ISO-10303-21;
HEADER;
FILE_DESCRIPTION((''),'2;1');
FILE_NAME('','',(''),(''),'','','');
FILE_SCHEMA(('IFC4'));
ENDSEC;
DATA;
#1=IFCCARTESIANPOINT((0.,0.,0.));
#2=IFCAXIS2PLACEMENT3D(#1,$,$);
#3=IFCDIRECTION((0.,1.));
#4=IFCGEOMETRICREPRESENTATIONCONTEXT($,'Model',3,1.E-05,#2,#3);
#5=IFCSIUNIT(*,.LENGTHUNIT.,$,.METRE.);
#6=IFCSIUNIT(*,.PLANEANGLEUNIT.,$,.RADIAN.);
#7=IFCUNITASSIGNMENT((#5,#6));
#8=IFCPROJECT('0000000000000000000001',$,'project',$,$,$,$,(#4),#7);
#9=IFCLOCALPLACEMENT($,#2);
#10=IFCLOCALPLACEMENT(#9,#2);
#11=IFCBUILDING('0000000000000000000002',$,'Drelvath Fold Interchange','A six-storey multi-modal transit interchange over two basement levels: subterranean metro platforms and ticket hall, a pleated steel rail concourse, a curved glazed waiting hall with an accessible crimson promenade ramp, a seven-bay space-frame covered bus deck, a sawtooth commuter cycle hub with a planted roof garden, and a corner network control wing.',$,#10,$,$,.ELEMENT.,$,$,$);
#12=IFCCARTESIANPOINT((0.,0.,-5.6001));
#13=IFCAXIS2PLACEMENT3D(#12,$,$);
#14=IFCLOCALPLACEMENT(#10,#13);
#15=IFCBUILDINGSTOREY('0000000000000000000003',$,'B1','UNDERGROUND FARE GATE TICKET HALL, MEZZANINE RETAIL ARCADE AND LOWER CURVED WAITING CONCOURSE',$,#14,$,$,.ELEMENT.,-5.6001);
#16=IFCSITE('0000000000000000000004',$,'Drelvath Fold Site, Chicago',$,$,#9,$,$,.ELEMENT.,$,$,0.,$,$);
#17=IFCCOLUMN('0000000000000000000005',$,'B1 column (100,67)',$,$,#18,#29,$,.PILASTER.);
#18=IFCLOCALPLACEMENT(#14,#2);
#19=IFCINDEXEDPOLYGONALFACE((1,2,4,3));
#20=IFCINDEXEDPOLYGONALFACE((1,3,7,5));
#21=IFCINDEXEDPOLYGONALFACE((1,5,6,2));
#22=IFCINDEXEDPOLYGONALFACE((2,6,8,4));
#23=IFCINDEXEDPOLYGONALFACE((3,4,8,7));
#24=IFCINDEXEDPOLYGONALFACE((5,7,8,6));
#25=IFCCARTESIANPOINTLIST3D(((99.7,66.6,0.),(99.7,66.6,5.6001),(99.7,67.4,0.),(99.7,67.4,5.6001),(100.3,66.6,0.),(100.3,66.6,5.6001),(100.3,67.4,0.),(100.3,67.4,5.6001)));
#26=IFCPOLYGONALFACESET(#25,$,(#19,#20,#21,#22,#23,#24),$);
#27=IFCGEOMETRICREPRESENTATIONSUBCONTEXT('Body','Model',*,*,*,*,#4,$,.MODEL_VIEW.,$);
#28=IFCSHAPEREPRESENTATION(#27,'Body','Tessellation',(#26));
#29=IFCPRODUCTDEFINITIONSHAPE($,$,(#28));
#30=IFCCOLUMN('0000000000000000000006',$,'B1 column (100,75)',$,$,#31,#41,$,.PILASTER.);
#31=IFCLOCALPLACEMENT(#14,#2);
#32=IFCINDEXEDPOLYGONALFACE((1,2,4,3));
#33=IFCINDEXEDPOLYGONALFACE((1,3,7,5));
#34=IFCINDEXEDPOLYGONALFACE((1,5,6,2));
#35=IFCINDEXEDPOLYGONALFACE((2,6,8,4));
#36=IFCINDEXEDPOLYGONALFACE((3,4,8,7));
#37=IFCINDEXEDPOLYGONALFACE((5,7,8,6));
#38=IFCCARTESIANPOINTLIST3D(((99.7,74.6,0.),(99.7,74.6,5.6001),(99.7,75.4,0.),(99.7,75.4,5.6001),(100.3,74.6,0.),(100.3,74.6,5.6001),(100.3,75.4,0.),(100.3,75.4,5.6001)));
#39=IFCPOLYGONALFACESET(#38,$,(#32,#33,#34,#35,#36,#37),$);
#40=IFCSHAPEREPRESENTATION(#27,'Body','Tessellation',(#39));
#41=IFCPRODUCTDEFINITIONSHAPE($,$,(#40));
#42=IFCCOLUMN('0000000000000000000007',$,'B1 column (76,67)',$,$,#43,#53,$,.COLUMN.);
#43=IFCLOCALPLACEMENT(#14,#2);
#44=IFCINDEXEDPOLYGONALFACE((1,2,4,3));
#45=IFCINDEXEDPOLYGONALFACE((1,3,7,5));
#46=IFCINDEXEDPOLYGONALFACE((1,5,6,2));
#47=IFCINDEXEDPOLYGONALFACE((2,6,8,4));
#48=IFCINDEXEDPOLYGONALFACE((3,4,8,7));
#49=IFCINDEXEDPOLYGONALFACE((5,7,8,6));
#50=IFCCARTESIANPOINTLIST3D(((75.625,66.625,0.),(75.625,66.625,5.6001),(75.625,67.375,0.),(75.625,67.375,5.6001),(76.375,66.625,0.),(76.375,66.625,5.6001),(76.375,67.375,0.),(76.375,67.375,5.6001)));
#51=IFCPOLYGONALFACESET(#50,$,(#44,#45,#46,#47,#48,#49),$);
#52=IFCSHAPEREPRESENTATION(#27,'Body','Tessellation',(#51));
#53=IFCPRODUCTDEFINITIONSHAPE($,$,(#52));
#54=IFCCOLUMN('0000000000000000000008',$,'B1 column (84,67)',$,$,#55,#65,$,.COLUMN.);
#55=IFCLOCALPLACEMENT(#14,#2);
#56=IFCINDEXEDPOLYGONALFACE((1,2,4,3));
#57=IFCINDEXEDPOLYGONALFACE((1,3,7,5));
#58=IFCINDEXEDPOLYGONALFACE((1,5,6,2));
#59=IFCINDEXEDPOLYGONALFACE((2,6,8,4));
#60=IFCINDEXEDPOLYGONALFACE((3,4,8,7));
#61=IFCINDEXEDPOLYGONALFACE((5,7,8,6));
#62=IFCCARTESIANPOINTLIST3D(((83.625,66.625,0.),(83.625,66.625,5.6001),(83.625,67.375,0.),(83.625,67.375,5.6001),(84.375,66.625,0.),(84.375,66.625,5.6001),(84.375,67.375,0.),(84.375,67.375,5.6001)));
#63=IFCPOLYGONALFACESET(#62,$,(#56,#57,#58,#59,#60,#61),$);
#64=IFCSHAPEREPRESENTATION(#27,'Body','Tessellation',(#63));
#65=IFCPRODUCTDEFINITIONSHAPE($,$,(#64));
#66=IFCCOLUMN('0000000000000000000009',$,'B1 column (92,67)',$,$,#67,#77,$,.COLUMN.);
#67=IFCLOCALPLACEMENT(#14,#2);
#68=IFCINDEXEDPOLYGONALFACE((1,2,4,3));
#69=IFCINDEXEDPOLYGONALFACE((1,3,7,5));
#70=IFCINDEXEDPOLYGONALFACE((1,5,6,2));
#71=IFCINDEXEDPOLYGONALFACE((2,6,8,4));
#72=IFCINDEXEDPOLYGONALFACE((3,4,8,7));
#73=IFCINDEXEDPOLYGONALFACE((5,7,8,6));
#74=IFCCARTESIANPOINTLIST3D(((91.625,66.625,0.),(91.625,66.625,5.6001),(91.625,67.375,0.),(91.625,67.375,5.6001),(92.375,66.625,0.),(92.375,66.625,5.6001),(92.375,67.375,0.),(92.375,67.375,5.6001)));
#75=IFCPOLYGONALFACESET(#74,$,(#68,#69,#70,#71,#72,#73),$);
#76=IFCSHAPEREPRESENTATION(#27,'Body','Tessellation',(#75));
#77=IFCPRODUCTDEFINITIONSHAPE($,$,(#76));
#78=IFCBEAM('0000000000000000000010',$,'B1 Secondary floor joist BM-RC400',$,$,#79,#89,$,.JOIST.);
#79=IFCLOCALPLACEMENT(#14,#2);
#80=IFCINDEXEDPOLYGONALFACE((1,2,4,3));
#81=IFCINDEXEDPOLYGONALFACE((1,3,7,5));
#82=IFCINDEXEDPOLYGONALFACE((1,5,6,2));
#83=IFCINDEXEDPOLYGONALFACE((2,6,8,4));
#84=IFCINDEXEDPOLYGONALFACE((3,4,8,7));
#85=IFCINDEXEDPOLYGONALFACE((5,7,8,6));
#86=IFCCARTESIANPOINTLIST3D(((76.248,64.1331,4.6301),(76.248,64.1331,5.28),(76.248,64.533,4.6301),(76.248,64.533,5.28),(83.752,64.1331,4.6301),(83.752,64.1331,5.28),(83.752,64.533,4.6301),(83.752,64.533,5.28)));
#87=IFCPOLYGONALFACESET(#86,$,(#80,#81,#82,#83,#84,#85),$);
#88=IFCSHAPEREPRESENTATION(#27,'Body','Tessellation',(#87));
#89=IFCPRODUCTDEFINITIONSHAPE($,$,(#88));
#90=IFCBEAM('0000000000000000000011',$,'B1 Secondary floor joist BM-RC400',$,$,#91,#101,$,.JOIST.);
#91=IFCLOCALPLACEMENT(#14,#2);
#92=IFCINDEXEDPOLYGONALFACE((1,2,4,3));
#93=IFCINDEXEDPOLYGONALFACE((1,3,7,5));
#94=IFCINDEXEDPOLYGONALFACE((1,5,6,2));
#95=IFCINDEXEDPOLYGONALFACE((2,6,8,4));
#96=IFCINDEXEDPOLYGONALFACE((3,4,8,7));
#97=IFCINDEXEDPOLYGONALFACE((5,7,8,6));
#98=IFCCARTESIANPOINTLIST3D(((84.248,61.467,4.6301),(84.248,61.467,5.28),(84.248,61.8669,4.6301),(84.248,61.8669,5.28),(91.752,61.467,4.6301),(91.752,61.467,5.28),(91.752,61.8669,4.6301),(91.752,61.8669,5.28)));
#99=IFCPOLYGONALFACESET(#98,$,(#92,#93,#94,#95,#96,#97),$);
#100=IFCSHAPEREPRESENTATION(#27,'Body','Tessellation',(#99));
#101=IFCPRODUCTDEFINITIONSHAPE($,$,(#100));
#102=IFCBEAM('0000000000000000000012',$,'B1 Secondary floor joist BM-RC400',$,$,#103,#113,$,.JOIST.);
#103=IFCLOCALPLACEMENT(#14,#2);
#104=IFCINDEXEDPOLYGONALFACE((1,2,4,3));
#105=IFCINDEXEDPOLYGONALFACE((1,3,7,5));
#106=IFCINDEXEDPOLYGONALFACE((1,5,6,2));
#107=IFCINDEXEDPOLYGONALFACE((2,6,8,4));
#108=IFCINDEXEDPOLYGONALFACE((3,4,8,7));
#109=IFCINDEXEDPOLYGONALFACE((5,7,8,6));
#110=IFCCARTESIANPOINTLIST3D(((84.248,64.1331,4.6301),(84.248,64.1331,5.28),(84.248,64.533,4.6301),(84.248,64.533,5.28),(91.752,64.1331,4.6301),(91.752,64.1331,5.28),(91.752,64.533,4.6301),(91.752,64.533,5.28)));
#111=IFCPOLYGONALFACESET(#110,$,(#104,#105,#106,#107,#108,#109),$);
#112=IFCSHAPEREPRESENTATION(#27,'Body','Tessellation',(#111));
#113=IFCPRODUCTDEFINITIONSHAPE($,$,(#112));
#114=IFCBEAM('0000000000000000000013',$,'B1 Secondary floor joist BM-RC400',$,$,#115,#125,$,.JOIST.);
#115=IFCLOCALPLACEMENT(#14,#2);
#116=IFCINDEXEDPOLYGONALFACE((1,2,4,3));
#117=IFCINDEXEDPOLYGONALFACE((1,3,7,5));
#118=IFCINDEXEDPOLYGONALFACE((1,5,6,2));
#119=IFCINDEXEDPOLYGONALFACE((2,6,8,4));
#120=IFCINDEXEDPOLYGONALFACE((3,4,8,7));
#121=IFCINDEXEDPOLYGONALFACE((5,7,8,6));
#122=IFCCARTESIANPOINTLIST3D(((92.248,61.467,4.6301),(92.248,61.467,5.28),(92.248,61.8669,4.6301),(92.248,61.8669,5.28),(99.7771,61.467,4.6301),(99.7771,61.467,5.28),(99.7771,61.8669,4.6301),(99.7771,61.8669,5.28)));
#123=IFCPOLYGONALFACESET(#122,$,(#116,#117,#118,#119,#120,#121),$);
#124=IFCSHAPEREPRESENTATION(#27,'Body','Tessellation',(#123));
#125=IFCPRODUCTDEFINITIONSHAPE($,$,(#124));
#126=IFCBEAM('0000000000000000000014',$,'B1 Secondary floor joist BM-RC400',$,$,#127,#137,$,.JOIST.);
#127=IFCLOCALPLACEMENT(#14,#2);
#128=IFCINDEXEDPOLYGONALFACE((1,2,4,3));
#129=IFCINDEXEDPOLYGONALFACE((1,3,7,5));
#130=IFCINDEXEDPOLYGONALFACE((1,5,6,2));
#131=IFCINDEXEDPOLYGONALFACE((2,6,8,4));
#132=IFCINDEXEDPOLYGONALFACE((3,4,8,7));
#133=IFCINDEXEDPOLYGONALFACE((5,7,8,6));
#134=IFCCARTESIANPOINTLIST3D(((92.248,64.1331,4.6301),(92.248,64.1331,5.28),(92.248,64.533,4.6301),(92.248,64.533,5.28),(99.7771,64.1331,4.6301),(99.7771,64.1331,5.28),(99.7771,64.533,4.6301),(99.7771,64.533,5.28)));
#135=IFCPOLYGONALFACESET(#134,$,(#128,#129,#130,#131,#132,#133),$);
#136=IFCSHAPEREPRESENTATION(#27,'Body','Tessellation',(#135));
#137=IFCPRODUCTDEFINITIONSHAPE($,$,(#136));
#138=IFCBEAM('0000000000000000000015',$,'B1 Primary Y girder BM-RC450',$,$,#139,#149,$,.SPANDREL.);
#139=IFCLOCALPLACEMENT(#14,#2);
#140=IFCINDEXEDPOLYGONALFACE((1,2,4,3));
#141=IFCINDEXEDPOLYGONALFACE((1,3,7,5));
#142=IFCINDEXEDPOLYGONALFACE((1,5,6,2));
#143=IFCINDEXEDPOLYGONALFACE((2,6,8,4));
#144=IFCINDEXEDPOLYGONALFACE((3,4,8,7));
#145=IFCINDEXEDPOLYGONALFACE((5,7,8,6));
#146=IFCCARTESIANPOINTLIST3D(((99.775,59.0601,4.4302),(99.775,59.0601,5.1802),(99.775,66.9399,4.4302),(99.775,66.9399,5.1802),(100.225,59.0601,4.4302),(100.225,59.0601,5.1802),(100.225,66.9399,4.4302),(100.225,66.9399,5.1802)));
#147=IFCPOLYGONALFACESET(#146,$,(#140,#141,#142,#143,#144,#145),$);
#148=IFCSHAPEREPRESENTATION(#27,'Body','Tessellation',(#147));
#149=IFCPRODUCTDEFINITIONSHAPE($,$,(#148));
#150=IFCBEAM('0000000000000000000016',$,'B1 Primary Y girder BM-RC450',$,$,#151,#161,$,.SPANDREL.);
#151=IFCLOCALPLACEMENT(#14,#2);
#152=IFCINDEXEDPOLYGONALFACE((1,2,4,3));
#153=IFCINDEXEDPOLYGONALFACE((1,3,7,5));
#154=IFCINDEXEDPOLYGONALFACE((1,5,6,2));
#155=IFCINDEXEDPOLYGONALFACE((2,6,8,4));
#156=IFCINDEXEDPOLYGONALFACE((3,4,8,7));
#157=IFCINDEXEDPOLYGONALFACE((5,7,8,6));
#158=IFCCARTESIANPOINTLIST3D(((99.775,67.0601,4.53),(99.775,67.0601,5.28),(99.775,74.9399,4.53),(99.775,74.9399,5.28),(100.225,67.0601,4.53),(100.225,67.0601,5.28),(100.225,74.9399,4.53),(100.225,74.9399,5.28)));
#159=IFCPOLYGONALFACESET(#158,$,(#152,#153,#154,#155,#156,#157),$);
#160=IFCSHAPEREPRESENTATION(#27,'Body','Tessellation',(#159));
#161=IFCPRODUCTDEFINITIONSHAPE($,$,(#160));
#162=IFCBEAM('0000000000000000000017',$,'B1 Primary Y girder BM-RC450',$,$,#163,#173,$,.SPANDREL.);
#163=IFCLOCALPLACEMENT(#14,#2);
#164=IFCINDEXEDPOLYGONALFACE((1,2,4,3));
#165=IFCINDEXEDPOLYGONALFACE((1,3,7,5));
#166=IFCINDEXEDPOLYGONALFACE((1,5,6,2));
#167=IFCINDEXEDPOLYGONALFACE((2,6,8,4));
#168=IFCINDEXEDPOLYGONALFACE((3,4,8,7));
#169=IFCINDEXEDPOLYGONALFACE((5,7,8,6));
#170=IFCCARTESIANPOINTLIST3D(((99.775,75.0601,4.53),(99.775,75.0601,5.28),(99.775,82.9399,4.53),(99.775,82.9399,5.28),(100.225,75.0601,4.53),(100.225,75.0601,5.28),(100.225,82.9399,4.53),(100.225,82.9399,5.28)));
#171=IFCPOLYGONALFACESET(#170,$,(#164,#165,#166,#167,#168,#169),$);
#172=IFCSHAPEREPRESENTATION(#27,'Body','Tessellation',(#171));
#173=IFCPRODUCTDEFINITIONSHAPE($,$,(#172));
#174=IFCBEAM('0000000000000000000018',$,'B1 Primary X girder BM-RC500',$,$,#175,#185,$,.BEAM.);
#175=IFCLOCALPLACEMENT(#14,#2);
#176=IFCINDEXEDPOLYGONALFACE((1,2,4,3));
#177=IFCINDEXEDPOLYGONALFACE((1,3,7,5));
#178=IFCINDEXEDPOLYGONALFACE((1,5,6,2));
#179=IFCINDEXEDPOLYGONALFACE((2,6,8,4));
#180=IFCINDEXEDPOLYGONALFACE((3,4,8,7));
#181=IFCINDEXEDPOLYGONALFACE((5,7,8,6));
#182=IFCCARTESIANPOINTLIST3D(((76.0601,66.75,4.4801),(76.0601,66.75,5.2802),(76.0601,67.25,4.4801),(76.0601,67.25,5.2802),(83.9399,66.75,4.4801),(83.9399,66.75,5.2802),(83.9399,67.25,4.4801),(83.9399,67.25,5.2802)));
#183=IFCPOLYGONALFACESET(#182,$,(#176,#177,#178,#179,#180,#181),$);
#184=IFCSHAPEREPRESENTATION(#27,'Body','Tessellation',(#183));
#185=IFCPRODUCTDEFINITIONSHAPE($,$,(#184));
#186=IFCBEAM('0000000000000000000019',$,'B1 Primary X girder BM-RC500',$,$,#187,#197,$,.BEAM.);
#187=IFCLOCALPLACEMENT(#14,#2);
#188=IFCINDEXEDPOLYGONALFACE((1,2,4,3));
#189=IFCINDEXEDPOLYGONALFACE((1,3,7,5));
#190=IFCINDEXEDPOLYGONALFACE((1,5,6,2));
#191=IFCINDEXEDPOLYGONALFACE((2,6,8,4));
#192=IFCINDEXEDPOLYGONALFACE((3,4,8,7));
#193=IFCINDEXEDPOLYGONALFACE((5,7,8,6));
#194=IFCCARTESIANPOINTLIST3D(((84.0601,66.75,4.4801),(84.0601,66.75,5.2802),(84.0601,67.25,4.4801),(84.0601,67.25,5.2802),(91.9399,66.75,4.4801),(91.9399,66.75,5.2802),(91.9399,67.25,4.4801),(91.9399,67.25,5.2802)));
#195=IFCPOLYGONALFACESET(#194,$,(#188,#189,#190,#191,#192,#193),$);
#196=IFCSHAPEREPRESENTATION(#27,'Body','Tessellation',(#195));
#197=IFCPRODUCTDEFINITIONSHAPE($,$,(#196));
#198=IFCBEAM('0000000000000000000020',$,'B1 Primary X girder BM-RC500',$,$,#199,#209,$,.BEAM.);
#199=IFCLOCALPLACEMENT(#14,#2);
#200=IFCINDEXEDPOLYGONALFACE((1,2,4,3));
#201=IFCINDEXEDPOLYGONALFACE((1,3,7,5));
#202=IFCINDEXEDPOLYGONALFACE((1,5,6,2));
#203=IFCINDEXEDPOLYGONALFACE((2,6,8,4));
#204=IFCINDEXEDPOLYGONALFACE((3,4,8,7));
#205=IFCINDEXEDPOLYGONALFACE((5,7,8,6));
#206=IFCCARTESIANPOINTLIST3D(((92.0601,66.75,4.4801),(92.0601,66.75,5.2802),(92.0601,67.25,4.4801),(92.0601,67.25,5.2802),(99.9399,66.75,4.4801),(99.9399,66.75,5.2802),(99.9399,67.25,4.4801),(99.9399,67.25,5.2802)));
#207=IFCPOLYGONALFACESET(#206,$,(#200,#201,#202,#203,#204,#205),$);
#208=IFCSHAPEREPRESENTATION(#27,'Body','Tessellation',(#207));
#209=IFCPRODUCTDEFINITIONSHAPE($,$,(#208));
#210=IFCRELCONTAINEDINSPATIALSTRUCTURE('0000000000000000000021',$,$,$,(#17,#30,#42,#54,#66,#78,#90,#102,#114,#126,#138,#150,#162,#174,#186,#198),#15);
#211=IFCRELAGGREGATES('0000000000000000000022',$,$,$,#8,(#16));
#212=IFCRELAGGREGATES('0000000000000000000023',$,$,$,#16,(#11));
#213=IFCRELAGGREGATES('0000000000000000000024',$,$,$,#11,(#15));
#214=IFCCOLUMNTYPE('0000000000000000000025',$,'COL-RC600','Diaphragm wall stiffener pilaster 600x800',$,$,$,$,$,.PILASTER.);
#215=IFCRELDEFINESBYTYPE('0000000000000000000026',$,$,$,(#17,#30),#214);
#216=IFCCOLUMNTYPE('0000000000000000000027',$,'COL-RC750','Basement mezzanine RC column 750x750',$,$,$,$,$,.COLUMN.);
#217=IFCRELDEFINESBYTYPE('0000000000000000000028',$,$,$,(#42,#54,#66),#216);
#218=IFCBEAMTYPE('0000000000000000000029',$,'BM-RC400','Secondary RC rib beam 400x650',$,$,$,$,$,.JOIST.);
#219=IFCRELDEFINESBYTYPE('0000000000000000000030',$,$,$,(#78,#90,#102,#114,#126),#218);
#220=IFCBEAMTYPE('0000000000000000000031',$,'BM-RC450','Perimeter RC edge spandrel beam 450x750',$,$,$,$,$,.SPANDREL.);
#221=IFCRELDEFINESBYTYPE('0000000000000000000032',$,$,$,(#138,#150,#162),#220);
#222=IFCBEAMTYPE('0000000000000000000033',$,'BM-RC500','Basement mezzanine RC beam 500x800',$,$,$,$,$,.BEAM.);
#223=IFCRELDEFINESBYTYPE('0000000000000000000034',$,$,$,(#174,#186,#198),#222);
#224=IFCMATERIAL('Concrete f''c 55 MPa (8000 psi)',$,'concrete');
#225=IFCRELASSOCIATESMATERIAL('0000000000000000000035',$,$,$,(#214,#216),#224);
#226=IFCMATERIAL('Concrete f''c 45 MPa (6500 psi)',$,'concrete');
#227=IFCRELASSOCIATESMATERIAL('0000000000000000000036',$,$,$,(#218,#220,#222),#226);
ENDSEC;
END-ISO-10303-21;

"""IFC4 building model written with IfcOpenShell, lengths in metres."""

from ifc_helpers import new_model, si_unit, direction, frame, origin, origin_2d, place, context, subcontext, project, spatial, rectangle, extrude, material, material_profile, profile_set, type_object, element, save


model = new_model("IFC4")

# Units and contexts
model_context = context("Model", 3, precision=1e-05, world=origin(), true_north=direction((0.0, 1.0)))
body_context = subcontext(model_context, "Body", "Model", "MODEL_VIEW")
ifc_project = project(units=[si_unit("LENGTHUNIT", "METRE"), si_unit("PLANEANGLEUNIT", "RADIAN")], contexts=[model_context])

# Site, building, storey
site_placement = place(None, origin())
site = spatial("IfcSite", under=ifc_project, at=site_placement, Name="Drelvath Fold Site, Chicago", CompositionType="ELEMENT", RefElevation=0.0)
building_placement = place(site_placement, origin())
building = spatial("IfcBuilding", under=site, at=building_placement, Name="Drelvath Fold Interchange", Description="A six-storey multi-modal transit interchange over two basement levels: subterranean metro platforms and ticket hall, a pleated steel rail concourse, a curved glazed waiting hall with an accessible crimson promenade ramp, a seven-bay space-frame covered bus deck, a sawtooth commuter cycle hub with a planted roof garden, and a corner network control wing.", CompositionType="ELEMENT")
storey_placement = place(building_placement, frame((0.0, 0.0, -5.6001)))
storey = spatial("IfcBuildingStorey", under=building, at=storey_placement, Name="B1", Description="UNDERGROUND FARE GATE TICKET HALL, MEZZANINE RETAIL ARCADE AND LOWER CURVED WAITING CONCOURSE", CompositionType="ELEMENT", Elevation=-5.6001)

# Columns
ifc_material_1 = material(Name="Concrete f'c 55 MPa (8000 psi)", Category="concrete")
ifc_material_profile_1 = material_profile(ifc_material_1, rectangle(XDim=0.6001, YDim=0.8, at=origin_2d()), Name="RC 600x800")
ifc_profile_set_1 = profile_set([ifc_material_profile_1], Name="Concrete f'c 55 MPa (8000 psi)")
column_type_1 = type_object("IfcColumnType", Name="COL-RC600", Description="Diaphragm wall stiffener pilaster 600x800", PredefinedType="PILASTER", material=ifc_profile_set_1)
for number, where, z_axis, x_axis, name in (
    (1, (100.0, 67.0, 0.0), (0.0, 0.0, 1.0), (1.0, 0.0, 0.0), "B1 column (100,67)"),
    (2, (100.0, 75.0, 0.0), (0.0, 0.0, 1.0), (1.0, 0.0, 0.0), "B1 column (100,75)"),
):
    element("IfcColumn", number, at=place(storey_placement, frame(where, z_axis=z_axis, x_axis=x_axis)), inside=storey, type_object=column_type_1, Name=name, PredefinedType="PILASTER", context=body_context, shape_type="SweptSolid", body=[
        extrude(rectangle(XDim=0.6001, YDim=0.8, at=origin_2d()), origin(), (0.0, 0.0, 1.0), 5.6001),
    ])
ifc_material_profile_2 = material_profile(ifc_material_1, rectangle(XDim=0.75, YDim=0.75, at=origin_2d()), Name="RC 750x750")
ifc_profile_set_2 = profile_set([ifc_material_profile_2], Name="Concrete f'c 55 MPa (8000 psi)")
column_type_2 = type_object("IfcColumnType", Name="COL-RC750", Description="Basement mezzanine RC column 750x750", PredefinedType="COLUMN", material=ifc_profile_set_2)
for number, where, z_axis, x_axis, name in (
    (3, (76.0, 67.0, 0.0), (0.0, 0.0, 1.0), (1.0, 0.0, 0.0), "B1 column (76,67)"),
    (4, (84.0, 67.0, 0.0), (0.0, 0.0, 1.0), (1.0, 0.0, 0.0), "B1 column (84,67)"),
    (5, (92.0, 67.0, 0.0), (0.0, 0.0, 1.0), (1.0, 0.0, 0.0), "B1 column (92,67)"),
):
    element("IfcColumn", number, at=place(storey_placement, frame(where, z_axis=z_axis, x_axis=x_axis)), inside=storey, type_object=column_type_2, Name=name, PredefinedType="COLUMN", context=body_context, shape_type="SweptSolid", body=[
        extrude(rectangle(XDim=0.75, YDim=0.75, at=origin_2d()), origin(), (0.0, 0.0, 1.0), 5.6001),
    ])

# Beams
ifc_material_2 = material(Name="Concrete f'c 45 MPa (6500 psi)", Category="concrete")
ifc_material_profile_3 = material_profile(ifc_material_2, rectangle(XDim=0.3999, YDim=0.6499, at=origin_2d()), Name="RC 400x650")
ifc_profile_set_3 = profile_set([ifc_material_profile_3], Name="Concrete f'c 45 MPa (6500 psi)")
beam_type_1 = type_object("IfcBeamType", Name="BM-RC400", Description="Secondary RC rib beam 400x650", PredefinedType="JOIST", material=ifc_profile_set_3)
for number, where, z_axis, x_axis, name in (
    (6, (76.248, 64.333, 4.9551), (1.0, 0.0, 0.0), (0.0, 1.0, 0.0), "B1 Secondary floor joist BM-RC400"),
    (7, (84.248, 61.667, 4.9551), (1.0, 0.0, 0.0), (0.0, 1.0, 0.0), "B1 Secondary floor joist BM-RC400"),
    (8, (84.248, 64.333, 4.9551), (1.0, 0.0, 0.0), (0.0, 1.0, 0.0), "B1 Secondary floor joist BM-RC400"),
):
    element("IfcBeam", number, at=place(storey_placement, frame(where, z_axis=z_axis, x_axis=x_axis)), inside=storey, type_object=beam_type_1, Name=name, PredefinedType="JOIST", context=body_context, shape_type="SweptSolid", body=[
        extrude(rectangle(XDim=0.3999, YDim=0.6499, at=origin_2d()), origin(), (0.0, 0.0, 1.0), 7.5039),
    ])
for number, where, z_axis, x_axis, name in (
    (9, (92.248, 61.667, 4.9551), (1.0, 0.0, 0.0), (0.0, 1.0, 0.0), "B1 Secondary floor joist BM-RC400"),
    (10, (92.248, 64.333, 4.9551), (1.0, 0.0, 0.0), (0.0, 1.0, 0.0), "B1 Secondary floor joist BM-RC400"),
):
    element("IfcBeam", number, at=place(storey_placement, frame(where, z_axis=z_axis, x_axis=x_axis)), inside=storey, type_object=beam_type_1, Name=name, PredefinedType="JOIST", context=body_context, shape_type="SweptSolid", body=[
        extrude(rectangle(XDim=0.3999, YDim=0.6499, at=origin_2d()), origin(), (0.0, 0.0, 1.0), 7.5291),
    ])
ifc_material_profile_4 = material_profile(ifc_material_2, rectangle(XDim=0.45, YDim=0.75, at=origin_2d()), Name="RC 450x750")
ifc_profile_set_4 = profile_set([ifc_material_profile_4], Name="Concrete f'c 45 MPa (6500 psi)")
beam_type_2 = type_object("IfcBeamType", Name="BM-RC450", Description="Perimeter RC edge spandrel beam 450x750", PredefinedType="SPANDREL", material=ifc_profile_set_4)
for number, where, z_axis, x_axis, name in (
    (11, (100.0, 59.0601, 4.8052), (0.0, 1.0, 0.0), (-1.0, 0.0, 0.0), "B1 Primary Y girder BM-RC450"),
    (12, (100.0, 67.0601, 4.905), (0.0, 1.0, 0.0), (-1.0, 0.0, 0.0), "B1 Primary Y girder BM-RC450"),
    (13, (100.0, 75.0601, 4.905), (0.0, 1.0, 0.0), (-1.0, 0.0, 0.0), "B1 Primary Y girder BM-RC450"),
):
    element("IfcBeam", number, at=place(storey_placement, frame(where, z_axis=z_axis, x_axis=x_axis)), inside=storey, type_object=beam_type_2, Name=name, PredefinedType="SPANDREL", context=body_context, shape_type="SweptSolid", body=[
        extrude(rectangle(XDim=0.45, YDim=0.75, at=origin_2d()), origin(), (0.0, 0.0, 1.0), 7.8799),
    ])
ifc_material_profile_5 = material_profile(ifc_material_2, rectangle(XDim=0.5, YDim=0.8, at=origin_2d()), Name="RC 500x800")
ifc_profile_set_5 = profile_set([ifc_material_profile_5], Name="Concrete f'c 45 MPa (6500 psi)")
beam_type_3 = type_object("IfcBeamType", Name="BM-RC500", Description="Basement mezzanine RC beam 500x800", PredefinedType="BEAM", material=ifc_profile_set_5)
for number, where, z_axis, x_axis, name in (
    (14, (76.0601, 67.0, 4.8801), (1.0, 0.0, 0.0), (0.0, 1.0, 0.0), "B1 Primary X girder BM-RC500"),
    (15, (84.0601, 67.0, 4.8801), (1.0, 0.0, 0.0), (0.0, 1.0, 0.0), "B1 Primary X girder BM-RC500"),
    (16, (92.0601, 67.0, 4.8801), (1.0, 0.0, 0.0), (0.0, 1.0, 0.0), "B1 Primary X girder BM-RC500"),
):
    element("IfcBeam", number, at=place(storey_placement, frame(where, z_axis=z_axis, x_axis=x_axis)), inside=storey, type_object=beam_type_3, Name=name, PredefinedType="BEAM", context=body_context, shape_type="SweptSolid", body=[
        extrude(rectangle(XDim=0.5, YDim=0.8, at=origin_2d()), origin(), (0.0, 0.0, 1.0), 7.8799),
    ])

save(model, "model.ifc")
